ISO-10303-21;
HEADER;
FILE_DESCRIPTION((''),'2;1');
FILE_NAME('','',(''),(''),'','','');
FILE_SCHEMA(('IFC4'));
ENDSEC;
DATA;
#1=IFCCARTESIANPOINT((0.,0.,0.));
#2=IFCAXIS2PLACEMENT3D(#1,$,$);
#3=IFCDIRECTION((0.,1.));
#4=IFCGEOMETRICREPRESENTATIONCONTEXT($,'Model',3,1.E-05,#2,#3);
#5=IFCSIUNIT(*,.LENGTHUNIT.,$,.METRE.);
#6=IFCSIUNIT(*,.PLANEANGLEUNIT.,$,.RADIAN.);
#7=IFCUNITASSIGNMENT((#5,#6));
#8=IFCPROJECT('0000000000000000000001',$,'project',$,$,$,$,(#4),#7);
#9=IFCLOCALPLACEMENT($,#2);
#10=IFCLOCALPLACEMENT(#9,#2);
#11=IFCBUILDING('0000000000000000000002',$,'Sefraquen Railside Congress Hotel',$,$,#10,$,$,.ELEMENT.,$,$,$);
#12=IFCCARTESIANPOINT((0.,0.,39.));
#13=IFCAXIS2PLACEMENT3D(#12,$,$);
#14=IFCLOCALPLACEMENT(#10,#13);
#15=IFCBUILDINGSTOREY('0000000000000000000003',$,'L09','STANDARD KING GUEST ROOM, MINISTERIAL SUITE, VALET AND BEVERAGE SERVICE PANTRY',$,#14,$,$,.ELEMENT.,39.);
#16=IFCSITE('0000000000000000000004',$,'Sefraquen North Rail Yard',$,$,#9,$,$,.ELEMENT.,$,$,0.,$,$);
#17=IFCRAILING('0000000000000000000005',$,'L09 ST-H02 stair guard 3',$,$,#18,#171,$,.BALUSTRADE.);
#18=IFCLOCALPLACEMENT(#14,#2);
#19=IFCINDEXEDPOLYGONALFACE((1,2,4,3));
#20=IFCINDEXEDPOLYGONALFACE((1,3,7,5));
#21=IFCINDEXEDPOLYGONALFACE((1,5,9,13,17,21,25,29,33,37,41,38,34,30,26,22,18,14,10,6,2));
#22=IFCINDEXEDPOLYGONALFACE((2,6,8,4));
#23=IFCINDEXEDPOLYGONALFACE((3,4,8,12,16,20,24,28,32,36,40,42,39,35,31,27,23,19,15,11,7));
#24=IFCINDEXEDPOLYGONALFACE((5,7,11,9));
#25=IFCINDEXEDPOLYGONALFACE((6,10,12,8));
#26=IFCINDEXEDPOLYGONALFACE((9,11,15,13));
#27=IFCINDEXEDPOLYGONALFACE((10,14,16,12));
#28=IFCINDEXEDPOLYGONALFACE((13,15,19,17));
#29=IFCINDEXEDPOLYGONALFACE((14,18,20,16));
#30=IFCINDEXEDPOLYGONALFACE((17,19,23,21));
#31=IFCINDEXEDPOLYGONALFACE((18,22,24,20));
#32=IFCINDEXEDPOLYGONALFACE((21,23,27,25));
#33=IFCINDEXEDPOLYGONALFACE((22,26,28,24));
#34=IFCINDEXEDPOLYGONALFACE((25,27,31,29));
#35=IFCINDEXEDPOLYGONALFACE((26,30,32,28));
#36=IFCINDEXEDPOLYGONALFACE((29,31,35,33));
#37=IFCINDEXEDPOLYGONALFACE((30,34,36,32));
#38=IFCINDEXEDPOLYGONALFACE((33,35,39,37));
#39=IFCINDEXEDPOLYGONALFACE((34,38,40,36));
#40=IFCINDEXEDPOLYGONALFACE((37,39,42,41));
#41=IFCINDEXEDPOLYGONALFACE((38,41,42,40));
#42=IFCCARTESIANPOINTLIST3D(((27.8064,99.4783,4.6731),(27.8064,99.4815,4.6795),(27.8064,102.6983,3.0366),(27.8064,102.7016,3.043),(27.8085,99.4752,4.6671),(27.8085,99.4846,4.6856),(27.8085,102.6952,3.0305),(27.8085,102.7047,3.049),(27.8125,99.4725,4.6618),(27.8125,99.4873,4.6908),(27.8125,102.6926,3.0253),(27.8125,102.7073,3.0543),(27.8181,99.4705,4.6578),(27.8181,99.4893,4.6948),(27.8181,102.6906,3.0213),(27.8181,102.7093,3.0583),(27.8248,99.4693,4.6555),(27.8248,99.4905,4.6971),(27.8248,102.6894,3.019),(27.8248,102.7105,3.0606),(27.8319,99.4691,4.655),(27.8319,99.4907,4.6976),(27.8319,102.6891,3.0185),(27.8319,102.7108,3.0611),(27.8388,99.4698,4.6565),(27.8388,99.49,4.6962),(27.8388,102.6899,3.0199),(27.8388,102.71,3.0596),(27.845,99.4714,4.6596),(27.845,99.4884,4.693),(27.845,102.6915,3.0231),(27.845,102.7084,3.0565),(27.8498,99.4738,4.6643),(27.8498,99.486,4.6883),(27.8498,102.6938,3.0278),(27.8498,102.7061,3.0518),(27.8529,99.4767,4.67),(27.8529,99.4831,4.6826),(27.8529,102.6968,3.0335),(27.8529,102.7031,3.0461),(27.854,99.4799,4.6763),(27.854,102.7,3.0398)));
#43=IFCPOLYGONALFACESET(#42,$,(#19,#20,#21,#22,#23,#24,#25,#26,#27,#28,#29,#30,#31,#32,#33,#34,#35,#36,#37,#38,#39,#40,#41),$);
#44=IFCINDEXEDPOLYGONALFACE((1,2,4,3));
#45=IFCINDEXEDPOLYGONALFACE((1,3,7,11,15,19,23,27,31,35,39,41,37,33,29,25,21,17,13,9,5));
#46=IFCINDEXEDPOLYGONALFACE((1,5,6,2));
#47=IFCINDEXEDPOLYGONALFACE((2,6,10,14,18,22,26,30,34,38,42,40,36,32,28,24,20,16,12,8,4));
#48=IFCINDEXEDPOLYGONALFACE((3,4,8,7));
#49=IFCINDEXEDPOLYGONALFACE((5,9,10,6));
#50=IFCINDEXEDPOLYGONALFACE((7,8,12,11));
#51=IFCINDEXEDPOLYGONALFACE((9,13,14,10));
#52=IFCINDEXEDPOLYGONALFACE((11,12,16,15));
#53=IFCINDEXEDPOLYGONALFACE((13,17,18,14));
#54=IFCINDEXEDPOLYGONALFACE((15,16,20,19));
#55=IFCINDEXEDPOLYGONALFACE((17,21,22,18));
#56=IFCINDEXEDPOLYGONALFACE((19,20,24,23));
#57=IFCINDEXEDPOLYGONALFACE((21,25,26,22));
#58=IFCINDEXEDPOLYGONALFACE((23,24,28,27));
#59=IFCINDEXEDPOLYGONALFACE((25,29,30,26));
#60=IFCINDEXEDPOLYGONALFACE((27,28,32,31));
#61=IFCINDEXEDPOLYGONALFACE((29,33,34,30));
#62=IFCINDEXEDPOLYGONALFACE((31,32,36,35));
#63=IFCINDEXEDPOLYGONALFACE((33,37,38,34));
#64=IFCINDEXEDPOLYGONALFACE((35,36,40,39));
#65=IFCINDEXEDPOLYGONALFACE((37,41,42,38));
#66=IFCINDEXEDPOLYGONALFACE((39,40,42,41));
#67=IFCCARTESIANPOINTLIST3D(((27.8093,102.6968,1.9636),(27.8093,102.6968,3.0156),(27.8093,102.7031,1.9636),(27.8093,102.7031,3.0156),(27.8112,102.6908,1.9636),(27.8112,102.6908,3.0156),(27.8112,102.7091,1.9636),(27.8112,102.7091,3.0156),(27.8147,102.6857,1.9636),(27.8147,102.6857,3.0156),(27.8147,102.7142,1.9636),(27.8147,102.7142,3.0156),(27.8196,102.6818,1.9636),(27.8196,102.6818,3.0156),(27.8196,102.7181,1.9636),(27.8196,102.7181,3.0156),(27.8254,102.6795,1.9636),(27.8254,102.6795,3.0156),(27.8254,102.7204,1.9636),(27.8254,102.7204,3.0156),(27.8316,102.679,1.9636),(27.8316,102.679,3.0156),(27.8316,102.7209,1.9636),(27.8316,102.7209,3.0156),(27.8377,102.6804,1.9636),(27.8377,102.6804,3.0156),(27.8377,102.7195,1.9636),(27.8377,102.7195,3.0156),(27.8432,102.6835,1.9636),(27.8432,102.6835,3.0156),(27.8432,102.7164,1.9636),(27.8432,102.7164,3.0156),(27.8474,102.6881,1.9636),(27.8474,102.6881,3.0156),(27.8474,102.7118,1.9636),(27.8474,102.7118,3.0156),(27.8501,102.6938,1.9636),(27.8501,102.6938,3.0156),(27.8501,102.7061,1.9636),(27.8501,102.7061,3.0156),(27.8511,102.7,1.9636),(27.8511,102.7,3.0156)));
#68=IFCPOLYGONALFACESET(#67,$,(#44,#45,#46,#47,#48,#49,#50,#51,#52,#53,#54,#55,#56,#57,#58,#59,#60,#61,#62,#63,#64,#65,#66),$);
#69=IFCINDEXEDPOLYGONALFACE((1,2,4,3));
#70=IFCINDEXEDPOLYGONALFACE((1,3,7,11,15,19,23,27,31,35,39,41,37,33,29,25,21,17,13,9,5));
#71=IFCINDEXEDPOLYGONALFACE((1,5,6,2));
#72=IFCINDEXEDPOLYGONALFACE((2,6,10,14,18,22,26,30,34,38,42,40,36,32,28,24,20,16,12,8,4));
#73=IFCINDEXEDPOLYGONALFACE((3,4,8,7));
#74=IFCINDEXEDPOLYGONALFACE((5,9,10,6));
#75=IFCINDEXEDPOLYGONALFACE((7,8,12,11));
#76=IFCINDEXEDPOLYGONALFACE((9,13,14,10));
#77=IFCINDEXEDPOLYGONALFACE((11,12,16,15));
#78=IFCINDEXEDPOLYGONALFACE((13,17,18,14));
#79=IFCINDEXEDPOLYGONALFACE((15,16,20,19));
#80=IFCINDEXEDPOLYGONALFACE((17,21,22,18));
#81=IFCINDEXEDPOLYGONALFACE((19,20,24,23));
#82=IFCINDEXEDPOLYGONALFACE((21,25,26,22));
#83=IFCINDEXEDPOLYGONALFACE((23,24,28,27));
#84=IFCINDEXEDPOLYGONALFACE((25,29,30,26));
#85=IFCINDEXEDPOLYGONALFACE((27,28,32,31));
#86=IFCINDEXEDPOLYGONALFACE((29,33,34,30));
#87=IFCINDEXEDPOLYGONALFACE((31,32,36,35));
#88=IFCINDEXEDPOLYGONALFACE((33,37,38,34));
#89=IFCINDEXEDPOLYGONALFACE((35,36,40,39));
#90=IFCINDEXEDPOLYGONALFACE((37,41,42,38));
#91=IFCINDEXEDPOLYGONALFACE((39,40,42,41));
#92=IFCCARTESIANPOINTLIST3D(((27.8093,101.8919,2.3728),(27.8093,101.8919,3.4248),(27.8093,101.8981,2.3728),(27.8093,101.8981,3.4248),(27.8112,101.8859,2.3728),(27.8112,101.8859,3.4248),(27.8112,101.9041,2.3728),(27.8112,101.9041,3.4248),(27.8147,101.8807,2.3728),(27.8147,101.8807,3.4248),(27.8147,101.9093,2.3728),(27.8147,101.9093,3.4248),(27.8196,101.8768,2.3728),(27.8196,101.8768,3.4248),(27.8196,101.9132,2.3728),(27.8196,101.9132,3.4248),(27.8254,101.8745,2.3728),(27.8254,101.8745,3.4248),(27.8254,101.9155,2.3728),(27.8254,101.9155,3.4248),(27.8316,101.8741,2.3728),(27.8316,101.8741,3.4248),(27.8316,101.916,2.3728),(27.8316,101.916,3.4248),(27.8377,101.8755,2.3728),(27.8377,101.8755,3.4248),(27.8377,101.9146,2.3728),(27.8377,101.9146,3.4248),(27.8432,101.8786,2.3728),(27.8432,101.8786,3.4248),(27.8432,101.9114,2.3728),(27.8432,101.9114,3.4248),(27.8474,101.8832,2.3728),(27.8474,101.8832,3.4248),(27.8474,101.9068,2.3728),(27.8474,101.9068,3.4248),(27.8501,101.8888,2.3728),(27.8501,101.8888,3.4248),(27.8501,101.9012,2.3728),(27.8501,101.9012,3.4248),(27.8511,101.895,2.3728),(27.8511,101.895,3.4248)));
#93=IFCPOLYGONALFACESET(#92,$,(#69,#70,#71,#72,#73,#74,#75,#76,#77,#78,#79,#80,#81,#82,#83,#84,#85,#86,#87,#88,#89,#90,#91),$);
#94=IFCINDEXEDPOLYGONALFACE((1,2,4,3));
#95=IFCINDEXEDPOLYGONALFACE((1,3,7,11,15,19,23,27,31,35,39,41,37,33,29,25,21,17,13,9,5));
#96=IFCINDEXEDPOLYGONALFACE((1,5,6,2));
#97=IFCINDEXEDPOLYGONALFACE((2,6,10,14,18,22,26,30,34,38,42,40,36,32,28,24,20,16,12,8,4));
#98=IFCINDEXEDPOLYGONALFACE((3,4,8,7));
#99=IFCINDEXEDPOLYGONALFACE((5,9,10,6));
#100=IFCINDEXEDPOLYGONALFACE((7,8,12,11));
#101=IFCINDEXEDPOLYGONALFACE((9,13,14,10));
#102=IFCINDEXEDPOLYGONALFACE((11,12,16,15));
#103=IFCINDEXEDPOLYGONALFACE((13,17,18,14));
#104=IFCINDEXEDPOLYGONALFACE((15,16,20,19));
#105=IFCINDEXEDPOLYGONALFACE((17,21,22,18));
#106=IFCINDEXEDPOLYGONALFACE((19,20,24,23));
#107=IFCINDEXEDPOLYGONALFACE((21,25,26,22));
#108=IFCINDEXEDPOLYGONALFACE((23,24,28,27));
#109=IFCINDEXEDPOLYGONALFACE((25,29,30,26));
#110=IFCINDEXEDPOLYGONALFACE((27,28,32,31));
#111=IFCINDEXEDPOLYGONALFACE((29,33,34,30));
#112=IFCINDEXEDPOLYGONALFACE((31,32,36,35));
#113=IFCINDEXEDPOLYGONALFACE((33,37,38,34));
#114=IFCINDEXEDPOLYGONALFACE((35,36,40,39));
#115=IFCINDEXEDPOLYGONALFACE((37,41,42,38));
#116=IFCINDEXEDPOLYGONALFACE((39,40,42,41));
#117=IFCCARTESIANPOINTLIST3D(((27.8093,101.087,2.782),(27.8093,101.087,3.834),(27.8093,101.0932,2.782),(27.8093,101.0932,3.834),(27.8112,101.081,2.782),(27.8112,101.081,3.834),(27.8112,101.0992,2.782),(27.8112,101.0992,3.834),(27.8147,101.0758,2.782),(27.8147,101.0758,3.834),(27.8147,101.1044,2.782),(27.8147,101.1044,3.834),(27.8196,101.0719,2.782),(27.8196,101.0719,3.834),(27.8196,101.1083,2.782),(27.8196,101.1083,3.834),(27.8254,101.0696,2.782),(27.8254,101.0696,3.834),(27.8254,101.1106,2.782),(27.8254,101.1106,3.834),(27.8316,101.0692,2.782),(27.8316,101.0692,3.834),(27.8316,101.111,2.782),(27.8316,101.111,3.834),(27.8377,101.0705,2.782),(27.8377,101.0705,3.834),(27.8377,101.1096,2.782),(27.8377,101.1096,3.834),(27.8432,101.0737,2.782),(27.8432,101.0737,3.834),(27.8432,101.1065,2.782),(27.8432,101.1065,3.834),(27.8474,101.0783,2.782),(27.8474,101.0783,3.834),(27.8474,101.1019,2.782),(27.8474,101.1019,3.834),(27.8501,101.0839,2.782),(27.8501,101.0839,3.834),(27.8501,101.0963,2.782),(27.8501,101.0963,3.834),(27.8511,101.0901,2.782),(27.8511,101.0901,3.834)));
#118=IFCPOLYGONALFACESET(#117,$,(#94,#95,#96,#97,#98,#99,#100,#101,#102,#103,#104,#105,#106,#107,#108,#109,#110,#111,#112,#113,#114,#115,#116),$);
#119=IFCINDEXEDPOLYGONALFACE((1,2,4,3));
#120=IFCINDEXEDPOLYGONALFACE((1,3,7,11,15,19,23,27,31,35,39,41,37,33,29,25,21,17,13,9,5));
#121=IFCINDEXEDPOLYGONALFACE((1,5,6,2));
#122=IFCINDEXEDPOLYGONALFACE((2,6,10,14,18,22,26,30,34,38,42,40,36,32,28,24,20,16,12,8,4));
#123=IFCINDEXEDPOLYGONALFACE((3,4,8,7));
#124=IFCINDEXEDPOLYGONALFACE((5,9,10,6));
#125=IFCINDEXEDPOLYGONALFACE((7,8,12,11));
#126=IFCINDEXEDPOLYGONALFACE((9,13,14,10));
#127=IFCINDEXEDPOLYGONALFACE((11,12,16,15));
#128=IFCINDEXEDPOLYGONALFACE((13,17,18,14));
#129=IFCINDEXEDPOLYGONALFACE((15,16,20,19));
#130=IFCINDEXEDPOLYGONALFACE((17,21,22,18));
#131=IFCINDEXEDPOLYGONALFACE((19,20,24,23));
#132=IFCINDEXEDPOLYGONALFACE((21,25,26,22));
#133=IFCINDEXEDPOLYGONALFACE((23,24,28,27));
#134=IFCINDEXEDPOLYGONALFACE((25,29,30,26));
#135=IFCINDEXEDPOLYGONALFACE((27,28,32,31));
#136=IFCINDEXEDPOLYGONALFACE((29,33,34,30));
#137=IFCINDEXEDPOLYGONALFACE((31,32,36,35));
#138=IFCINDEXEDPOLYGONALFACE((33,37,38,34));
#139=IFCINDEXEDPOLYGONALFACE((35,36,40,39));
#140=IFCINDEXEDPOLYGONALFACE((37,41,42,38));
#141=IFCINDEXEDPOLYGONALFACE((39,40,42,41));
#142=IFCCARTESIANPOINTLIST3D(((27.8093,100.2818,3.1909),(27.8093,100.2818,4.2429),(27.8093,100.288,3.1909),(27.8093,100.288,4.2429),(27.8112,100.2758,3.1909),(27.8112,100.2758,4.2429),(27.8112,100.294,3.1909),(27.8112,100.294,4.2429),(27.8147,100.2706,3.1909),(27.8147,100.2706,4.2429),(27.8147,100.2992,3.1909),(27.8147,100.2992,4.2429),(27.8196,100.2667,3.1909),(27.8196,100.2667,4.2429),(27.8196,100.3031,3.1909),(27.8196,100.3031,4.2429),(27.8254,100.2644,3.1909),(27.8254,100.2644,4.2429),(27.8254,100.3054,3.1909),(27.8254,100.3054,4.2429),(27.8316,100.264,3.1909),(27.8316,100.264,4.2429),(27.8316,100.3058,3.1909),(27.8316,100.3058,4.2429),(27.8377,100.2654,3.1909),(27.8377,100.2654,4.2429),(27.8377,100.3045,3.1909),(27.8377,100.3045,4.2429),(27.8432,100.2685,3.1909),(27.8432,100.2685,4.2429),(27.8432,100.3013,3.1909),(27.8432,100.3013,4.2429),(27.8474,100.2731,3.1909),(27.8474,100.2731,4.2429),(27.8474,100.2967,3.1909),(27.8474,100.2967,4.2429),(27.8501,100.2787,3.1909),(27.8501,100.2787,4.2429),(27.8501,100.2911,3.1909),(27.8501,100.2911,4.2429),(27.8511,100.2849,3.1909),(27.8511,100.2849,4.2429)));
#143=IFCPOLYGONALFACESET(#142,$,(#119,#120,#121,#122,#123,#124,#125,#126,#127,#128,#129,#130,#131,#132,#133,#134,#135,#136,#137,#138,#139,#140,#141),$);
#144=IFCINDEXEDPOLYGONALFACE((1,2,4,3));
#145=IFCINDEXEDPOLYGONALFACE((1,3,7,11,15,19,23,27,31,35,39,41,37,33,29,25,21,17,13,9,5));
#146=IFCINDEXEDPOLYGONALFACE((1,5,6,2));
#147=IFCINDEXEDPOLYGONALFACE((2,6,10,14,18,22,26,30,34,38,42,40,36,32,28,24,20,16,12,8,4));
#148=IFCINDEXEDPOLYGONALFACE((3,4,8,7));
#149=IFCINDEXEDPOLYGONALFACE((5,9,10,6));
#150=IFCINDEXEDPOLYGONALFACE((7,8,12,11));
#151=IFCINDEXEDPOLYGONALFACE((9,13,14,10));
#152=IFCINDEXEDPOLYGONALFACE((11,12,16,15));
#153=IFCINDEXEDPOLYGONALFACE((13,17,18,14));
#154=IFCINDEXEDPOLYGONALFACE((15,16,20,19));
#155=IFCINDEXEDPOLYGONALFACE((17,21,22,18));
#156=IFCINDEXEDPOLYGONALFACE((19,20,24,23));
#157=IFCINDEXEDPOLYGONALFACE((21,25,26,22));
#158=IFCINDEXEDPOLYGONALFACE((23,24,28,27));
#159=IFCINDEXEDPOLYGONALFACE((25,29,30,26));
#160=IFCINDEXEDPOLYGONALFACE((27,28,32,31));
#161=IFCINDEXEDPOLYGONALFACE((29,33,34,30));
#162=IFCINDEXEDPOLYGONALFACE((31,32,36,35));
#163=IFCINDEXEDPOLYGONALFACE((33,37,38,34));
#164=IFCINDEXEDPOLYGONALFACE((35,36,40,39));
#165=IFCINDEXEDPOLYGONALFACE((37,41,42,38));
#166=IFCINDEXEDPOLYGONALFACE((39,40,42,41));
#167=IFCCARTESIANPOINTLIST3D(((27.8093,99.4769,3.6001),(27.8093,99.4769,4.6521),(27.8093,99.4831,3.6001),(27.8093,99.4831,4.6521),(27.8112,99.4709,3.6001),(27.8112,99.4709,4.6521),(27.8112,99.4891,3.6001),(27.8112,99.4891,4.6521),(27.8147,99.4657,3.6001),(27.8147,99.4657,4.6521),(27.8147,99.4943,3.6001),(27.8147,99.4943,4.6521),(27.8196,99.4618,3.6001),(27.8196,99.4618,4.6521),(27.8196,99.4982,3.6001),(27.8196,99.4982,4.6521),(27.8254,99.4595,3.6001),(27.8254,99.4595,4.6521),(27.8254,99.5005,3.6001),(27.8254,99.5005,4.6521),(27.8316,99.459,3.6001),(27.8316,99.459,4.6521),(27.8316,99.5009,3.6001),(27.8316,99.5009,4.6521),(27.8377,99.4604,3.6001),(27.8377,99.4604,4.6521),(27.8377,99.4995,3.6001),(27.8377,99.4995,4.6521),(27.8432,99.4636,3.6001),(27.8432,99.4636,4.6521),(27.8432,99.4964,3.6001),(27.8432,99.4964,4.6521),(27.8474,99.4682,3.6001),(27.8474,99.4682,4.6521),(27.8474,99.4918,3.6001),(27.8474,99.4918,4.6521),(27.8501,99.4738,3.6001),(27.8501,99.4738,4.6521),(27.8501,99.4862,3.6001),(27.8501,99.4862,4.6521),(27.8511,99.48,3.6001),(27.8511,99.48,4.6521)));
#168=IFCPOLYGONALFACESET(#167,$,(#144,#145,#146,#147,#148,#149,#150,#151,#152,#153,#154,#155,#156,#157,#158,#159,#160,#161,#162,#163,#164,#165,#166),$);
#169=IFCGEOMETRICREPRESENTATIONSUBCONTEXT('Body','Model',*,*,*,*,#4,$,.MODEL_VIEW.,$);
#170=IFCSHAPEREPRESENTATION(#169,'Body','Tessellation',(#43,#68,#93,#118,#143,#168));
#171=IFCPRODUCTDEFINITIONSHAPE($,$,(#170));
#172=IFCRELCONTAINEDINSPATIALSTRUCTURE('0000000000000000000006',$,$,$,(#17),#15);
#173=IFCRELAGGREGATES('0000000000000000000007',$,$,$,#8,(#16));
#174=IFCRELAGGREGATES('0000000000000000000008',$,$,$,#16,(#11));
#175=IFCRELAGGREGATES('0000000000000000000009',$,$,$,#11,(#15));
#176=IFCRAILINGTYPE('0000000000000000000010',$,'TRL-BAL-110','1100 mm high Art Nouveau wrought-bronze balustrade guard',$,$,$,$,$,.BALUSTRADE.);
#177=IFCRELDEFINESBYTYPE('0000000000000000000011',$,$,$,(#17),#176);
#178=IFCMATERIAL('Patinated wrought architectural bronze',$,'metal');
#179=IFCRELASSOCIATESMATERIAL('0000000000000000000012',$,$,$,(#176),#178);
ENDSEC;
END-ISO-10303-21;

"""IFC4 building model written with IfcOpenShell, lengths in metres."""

from ifc_helpers import new_model, si_unit, direction, frame, origin, origin_2d, place, context, subcontext, project, spatial, circle, extrude, material, type_object, element, save


model = new_model("IFC4")

# Units and contexts
model_context = context("Model", 3, precision=1e-05, world=origin(), true_north=direction((0.0, 1.0)))
body_context = subcontext(model_context, "Body", "Model", "MODEL_VIEW")
ifc_project = project(units=[si_unit("LENGTHUNIT", "METRE"), si_unit("PLANEANGLEUNIT", "RADIAN")], contexts=[model_context])

# Site, building, storey
site_placement = place(None, origin())
site = spatial("IfcSite", under=ifc_project, at=site_placement, Name="Sefraquen North Rail Yard", CompositionType="ELEMENT", RefElevation=0.0)
building_placement = place(site_placement, origin())
building = spatial("IfcBuilding", under=site, at=building_placement, Name="Sefraquen Railside Congress Hotel", CompositionType="ELEMENT")
storey_placement = place(building_placement, frame((0.0, 0.0, 39.0)))
storey = spatial("IfcBuildingStorey", under=building, at=storey_placement, Name="L09", Description="STANDARD KING GUEST ROOM, MINISTERIAL SUITE, VALET AND BEVERAGE SERVICE PANTRY", CompositionType="ELEMENT", Elevation=39.0)

# Railing
ifc_material_1 = material(Name="Patinated wrought architectural bronze", Category="metal")
railing_type_1 = type_object("IfcRailingType", Name="TRL-BAL-110", Description="1100 mm high Art Nouveau wrought-bronze balustrade guard", PredefinedType="BALUSTRADE", material=ifc_material_1)
railing_1_placement = place(storey_placement, frame((27.8301, 102.7, 1.9636)))
element("IfcRailing", 1, at=railing_1_placement, inside=storey, type_object=railing_type_1, Name="L09 ST-H02 stair guard 3", PredefinedType="BALUSTRADE", context=body_context, shape_type="SweptSolid", body=[
    extrude(circle(Radius=0.0239, at=origin_2d()), frame((0.0, 0.0, 1.0762), z_axis=(0.0, -0.891474, 0.453071), x_axis=(1.0, 0.0, 0.0)), (0.0, 0.0, 1.0), 3.6121),
    extrude(circle(Radius=0.021, at=origin_2d()), origin(), (0.0, 0.0, 1.0), 1.052),
    extrude(circle(Radius=0.021, at=origin_2d()), frame((0.0, -0.8049, 0.4092)), (0.0, 0.0, 1.0), 1.052),
    extrude(circle(Radius=0.021, at=origin_2d()), frame((0.0, -1.6099, 0.8184)), (0.0, 0.0, 1.0), 1.052),
    extrude(circle(Radius=0.021, at=origin_2d()), frame((0.0, -2.415, 1.2273)), (0.0, 0.0, 1.0), 1.052),
    extrude(circle(Radius=0.021, at=origin_2d()), frame((0.0, -3.22, 1.6365)), (0.0, 0.0, 1.0), 1.052),
])

save(model, "model.ifc")
